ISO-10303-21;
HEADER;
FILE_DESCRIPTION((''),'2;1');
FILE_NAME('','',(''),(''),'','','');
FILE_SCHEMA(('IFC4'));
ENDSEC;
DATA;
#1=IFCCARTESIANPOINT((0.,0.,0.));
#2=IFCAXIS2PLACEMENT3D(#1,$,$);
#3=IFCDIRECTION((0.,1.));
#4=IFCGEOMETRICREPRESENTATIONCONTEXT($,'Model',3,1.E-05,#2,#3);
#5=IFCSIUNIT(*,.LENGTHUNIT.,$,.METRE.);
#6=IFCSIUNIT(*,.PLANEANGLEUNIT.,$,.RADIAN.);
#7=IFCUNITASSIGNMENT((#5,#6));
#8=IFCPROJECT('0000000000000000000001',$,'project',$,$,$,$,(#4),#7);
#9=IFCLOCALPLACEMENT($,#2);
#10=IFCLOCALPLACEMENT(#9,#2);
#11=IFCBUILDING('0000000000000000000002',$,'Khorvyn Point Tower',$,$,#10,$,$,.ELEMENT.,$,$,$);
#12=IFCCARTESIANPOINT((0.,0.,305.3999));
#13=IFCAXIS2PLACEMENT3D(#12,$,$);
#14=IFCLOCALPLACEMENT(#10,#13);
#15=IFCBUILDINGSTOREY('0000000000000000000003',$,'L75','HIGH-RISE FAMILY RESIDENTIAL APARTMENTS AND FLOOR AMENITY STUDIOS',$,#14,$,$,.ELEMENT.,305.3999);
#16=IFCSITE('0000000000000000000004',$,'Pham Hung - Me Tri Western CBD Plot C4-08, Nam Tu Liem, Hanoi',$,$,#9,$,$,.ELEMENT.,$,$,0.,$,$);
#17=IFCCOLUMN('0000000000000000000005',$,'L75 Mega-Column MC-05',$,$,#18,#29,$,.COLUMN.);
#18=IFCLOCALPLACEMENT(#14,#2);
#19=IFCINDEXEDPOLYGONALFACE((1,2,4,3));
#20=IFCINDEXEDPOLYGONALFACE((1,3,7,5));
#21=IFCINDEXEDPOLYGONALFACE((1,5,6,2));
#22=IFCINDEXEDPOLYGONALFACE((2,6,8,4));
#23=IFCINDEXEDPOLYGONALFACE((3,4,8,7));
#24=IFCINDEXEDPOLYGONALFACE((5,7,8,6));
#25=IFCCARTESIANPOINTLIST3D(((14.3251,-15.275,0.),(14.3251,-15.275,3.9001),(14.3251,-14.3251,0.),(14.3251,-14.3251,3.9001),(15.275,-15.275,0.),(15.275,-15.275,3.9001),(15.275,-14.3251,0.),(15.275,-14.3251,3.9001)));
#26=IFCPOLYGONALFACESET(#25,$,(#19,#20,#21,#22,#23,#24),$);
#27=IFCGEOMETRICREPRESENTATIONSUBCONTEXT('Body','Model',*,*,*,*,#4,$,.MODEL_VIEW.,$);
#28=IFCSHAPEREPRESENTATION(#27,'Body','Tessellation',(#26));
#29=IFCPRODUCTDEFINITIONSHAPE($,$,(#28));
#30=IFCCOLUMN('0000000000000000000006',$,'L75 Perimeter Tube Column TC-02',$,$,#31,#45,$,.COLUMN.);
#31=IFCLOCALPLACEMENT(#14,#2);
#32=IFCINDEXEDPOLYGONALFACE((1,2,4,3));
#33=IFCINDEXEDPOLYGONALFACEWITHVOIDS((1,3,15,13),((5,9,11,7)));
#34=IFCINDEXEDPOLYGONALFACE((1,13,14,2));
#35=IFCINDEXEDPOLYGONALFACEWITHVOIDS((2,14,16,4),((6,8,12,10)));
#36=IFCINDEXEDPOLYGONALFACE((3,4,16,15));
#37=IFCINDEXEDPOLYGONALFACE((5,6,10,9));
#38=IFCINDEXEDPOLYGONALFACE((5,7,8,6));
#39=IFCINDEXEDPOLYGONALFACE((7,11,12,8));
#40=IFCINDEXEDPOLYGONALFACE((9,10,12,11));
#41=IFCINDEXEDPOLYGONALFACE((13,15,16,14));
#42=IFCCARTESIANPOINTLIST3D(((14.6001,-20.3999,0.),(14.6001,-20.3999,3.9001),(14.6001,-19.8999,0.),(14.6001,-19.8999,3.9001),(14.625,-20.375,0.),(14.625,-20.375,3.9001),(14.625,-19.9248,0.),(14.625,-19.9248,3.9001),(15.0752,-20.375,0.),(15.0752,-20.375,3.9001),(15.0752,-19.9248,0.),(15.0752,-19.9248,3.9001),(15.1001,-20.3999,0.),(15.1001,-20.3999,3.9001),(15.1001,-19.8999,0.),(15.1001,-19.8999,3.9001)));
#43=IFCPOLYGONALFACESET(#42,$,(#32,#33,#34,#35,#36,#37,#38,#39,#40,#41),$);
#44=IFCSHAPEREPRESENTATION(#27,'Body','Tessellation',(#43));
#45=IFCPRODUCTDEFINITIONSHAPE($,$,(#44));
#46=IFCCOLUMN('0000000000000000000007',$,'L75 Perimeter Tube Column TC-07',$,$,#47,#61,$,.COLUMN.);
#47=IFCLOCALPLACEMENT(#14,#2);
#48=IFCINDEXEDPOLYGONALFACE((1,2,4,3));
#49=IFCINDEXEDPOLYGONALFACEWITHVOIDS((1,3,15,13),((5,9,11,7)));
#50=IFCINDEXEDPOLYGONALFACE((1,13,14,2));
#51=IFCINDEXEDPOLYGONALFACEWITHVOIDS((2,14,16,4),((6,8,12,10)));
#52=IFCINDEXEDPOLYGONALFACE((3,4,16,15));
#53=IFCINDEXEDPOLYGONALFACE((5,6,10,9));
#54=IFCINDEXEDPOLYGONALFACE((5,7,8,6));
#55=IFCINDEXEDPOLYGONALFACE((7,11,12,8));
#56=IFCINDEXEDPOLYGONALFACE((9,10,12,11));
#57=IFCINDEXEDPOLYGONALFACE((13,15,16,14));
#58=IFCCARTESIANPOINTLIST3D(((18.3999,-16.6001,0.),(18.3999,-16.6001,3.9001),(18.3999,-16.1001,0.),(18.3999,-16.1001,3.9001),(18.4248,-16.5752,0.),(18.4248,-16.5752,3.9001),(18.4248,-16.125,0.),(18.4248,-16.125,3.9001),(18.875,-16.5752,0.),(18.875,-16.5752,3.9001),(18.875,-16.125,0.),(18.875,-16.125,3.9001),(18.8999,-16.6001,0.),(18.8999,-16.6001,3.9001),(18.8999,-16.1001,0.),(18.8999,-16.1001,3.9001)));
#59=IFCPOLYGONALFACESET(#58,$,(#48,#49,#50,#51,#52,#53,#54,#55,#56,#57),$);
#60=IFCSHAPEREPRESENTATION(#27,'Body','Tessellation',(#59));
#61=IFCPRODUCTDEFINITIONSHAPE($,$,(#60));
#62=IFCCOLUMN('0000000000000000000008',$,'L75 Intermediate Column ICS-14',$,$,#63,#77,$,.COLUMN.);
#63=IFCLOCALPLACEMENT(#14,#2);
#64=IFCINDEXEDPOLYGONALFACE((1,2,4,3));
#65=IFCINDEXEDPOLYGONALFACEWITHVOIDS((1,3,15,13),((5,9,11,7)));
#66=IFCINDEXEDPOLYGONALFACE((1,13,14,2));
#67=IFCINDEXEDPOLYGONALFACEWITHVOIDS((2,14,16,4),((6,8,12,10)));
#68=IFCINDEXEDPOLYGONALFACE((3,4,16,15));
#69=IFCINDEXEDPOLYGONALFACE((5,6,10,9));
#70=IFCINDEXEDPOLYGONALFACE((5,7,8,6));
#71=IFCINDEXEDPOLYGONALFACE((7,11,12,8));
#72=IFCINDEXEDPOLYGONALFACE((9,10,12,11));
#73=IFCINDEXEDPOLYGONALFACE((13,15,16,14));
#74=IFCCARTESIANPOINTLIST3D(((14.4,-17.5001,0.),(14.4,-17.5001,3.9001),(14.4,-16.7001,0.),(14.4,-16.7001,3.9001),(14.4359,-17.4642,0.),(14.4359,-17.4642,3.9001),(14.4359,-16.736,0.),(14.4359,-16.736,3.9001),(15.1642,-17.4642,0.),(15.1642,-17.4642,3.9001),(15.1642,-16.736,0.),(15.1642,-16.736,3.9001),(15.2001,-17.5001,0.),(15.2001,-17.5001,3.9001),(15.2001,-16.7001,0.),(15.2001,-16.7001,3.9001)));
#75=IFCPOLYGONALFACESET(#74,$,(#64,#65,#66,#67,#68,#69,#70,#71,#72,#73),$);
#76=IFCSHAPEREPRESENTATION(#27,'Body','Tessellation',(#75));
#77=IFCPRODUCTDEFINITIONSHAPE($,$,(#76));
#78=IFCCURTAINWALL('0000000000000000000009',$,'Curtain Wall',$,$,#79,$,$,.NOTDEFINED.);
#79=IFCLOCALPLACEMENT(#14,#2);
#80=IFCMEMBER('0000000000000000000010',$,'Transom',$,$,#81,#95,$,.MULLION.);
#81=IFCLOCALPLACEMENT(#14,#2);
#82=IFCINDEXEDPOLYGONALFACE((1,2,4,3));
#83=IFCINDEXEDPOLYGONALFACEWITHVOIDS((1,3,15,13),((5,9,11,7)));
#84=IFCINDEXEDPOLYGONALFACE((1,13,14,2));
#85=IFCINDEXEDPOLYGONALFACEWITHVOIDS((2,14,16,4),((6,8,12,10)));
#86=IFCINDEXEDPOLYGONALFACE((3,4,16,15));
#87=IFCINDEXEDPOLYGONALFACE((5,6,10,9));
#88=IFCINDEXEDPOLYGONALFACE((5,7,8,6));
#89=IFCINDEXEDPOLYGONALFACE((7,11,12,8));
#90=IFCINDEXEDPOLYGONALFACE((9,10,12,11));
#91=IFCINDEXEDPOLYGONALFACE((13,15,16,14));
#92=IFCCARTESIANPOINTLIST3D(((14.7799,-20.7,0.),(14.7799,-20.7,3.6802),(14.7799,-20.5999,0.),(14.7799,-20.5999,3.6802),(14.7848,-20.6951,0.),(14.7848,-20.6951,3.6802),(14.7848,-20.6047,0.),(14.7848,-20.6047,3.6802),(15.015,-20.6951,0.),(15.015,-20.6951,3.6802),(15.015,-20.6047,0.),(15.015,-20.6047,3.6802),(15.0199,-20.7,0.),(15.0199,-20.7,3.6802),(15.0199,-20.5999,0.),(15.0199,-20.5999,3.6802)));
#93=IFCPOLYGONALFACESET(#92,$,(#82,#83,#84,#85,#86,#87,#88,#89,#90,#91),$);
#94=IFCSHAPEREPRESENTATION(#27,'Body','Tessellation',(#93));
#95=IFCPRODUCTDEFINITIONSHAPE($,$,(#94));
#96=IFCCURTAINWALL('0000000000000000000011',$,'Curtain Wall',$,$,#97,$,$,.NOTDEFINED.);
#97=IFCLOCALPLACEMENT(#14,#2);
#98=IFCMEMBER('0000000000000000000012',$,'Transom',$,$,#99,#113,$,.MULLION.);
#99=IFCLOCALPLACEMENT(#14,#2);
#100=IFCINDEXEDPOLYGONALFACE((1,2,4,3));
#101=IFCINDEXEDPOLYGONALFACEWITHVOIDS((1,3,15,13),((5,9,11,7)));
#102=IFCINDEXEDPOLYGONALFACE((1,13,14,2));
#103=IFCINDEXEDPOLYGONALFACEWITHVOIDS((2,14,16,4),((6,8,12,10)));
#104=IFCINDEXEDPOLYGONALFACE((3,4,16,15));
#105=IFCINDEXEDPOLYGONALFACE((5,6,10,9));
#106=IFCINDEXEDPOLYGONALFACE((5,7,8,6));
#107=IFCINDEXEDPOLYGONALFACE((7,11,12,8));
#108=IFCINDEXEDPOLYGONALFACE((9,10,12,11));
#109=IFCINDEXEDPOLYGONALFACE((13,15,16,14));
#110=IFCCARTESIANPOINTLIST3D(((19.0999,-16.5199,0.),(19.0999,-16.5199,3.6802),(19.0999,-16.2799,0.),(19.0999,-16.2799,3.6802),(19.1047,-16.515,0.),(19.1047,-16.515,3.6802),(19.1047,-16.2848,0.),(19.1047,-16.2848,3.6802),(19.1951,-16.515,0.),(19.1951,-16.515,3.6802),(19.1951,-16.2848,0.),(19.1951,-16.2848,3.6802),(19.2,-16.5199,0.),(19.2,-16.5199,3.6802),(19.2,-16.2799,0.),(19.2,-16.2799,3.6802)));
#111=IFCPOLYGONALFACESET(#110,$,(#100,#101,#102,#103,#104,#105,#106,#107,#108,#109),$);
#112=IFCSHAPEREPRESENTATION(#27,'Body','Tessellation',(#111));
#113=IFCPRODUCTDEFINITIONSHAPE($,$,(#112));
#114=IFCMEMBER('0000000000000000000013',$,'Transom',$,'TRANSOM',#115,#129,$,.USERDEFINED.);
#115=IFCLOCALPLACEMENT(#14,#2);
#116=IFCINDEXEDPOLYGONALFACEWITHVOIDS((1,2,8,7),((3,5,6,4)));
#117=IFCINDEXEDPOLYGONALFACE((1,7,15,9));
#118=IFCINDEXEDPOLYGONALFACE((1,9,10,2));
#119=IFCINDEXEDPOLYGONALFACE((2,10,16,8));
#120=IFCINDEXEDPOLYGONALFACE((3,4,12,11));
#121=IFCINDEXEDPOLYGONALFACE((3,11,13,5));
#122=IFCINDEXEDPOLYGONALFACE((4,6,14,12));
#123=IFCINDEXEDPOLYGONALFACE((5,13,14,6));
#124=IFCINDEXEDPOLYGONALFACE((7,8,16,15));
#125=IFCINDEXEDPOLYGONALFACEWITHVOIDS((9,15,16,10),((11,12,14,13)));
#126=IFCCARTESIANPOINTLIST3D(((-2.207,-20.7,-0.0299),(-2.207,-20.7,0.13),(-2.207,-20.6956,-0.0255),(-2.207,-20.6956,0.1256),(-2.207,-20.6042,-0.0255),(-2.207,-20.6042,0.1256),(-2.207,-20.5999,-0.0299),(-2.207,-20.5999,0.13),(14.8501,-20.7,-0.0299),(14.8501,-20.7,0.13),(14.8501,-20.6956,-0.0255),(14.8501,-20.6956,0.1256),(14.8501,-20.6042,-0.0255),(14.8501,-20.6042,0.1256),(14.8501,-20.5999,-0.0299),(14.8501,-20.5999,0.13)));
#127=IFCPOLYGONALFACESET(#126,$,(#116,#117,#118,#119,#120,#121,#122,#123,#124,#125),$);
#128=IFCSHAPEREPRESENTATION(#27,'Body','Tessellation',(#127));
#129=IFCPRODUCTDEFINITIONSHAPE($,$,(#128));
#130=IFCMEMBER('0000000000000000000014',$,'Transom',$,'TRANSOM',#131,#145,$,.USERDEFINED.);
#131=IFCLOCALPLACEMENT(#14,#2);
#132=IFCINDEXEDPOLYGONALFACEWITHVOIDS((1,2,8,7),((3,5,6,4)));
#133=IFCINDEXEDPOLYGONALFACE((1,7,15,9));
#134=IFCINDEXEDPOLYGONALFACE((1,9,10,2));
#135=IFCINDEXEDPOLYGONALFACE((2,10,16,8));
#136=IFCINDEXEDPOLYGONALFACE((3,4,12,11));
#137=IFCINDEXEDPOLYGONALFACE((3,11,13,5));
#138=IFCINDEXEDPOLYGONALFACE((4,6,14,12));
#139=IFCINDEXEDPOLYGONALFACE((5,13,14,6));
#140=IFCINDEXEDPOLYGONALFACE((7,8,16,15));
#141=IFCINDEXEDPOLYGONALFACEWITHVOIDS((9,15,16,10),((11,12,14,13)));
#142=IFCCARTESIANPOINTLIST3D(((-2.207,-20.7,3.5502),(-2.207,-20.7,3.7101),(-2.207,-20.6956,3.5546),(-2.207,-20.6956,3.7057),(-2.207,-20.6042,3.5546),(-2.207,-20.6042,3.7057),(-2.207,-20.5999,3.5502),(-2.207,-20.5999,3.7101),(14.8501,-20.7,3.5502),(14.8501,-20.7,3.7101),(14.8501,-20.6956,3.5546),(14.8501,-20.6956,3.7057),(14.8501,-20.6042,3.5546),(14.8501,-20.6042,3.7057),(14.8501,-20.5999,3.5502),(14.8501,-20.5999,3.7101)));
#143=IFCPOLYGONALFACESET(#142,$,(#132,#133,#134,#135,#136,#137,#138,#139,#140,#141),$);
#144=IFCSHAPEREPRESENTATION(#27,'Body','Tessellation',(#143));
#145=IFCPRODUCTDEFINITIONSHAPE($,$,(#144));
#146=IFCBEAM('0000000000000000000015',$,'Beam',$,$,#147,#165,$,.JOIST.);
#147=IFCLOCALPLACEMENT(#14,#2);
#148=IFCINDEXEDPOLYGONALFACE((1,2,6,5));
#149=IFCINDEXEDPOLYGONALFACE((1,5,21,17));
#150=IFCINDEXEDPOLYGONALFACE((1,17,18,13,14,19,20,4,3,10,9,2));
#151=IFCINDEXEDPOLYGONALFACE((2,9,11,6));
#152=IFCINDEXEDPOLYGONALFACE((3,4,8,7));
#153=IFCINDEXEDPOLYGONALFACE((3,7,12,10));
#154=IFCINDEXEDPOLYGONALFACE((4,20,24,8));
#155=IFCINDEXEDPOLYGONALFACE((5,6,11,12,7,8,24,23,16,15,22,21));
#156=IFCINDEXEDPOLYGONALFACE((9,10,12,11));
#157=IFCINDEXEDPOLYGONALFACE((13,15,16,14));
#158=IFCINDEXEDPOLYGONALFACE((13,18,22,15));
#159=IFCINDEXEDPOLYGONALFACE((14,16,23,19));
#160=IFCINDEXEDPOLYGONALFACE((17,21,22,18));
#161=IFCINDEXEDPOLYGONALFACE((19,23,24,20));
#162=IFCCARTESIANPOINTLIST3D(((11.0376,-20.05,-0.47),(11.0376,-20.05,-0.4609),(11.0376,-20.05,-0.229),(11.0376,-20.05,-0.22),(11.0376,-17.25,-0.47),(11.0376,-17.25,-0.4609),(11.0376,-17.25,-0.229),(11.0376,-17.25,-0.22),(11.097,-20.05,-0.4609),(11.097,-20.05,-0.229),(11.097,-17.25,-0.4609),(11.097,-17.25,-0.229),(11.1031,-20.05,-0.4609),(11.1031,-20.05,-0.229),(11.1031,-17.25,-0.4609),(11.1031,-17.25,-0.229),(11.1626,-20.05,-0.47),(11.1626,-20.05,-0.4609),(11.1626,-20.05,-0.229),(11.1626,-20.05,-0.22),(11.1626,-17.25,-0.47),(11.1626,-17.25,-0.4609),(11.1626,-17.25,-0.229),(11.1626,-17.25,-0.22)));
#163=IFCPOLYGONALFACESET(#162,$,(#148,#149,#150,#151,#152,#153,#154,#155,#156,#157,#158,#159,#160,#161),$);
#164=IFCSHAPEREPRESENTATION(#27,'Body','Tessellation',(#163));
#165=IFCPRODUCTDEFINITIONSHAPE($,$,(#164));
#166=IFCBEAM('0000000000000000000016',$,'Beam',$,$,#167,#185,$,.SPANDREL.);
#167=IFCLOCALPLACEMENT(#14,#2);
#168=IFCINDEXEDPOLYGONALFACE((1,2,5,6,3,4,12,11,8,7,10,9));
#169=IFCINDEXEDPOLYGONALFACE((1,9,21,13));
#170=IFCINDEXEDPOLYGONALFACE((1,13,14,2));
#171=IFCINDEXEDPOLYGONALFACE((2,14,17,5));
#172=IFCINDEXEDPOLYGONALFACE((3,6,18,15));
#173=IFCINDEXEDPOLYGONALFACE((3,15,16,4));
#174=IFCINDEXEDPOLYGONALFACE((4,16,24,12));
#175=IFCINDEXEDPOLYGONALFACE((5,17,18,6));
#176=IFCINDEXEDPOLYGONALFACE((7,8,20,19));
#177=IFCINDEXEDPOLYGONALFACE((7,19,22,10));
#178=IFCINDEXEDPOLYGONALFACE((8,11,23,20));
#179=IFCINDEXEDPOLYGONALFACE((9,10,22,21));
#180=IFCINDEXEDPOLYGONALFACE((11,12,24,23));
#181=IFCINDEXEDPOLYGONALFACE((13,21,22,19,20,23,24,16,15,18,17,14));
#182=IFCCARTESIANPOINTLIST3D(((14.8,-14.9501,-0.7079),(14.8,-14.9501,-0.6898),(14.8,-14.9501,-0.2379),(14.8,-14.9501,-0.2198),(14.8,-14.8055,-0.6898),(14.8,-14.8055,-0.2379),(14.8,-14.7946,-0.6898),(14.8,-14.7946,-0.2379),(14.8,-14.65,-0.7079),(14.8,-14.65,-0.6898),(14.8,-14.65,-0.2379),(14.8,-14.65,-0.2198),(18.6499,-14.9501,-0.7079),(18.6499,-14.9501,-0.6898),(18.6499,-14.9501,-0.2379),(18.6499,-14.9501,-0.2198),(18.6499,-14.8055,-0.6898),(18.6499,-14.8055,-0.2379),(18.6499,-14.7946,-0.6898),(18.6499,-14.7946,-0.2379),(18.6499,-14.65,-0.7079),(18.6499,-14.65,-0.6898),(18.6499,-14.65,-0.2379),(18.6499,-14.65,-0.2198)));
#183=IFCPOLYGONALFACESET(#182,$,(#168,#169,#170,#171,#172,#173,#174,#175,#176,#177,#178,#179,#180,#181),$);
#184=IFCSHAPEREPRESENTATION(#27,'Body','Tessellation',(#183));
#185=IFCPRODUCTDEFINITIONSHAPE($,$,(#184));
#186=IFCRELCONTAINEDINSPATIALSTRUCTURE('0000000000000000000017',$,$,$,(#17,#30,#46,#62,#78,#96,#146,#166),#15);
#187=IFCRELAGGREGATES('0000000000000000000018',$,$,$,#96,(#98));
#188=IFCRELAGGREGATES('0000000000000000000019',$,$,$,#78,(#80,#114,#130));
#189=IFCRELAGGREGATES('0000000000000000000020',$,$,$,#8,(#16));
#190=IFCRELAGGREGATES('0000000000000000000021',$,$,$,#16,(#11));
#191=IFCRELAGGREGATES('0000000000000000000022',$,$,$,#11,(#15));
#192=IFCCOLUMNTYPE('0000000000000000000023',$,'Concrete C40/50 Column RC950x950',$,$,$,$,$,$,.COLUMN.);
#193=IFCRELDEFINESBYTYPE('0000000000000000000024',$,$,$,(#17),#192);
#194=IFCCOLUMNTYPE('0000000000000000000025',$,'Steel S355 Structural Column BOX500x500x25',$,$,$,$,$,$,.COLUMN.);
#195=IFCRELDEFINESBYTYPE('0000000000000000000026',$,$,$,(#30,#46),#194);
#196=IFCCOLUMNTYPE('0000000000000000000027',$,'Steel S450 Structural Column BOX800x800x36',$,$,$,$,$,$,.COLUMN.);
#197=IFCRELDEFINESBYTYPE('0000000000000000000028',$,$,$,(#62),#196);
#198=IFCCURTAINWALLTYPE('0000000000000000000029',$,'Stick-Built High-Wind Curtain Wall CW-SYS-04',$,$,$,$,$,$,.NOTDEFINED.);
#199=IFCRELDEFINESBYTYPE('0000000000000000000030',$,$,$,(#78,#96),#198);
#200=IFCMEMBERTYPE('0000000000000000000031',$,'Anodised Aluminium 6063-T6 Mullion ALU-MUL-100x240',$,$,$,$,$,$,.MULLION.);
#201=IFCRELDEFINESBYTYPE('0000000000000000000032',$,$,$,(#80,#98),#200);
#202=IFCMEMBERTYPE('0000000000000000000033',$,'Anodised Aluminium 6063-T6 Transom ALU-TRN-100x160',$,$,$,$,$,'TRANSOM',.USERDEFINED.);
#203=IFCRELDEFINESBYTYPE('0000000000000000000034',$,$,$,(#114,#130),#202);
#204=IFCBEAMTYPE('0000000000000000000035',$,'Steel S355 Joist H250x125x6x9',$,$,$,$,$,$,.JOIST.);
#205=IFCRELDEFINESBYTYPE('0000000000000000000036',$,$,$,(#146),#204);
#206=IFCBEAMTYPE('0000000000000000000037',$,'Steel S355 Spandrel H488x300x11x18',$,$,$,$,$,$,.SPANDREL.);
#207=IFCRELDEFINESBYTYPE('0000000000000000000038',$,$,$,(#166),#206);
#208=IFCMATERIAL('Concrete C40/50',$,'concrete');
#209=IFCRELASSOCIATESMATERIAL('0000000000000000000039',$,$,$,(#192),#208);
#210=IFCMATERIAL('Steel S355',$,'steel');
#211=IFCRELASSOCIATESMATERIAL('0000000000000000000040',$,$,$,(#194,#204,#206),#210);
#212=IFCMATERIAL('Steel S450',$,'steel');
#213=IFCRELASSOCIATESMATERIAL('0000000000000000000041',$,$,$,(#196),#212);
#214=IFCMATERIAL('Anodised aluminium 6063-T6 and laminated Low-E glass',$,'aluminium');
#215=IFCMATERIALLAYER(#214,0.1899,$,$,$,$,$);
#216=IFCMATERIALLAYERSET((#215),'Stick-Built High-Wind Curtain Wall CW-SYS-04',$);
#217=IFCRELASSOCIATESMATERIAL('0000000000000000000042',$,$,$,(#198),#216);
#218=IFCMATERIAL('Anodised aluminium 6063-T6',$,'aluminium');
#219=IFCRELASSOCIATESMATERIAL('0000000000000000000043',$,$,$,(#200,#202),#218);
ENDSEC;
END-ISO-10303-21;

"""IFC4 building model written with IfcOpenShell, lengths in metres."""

from ifc_helpers import new_model, si_unit, direction, frame, origin, origin_2d, place, context, subcontext, project, spatial, rectangle, hollow_rectangle, i_section, extrude, material, layer, layer_set, material_profile, profile_set, type_object, element, aggregate, save


model = new_model("IFC4")

# Units and contexts
model_context = context("Model", 3, precision=1e-05, world=origin(), true_north=direction((0.0, 1.0)))
body_context = subcontext(model_context, "Body", "Model", "MODEL_VIEW")
ifc_project = project(units=[si_unit("LENGTHUNIT", "METRE"), si_unit("PLANEANGLEUNIT", "RADIAN")], contexts=[model_context])

# Site, building, storey
site_placement = place(None, origin())
site = spatial("IfcSite", under=ifc_project, at=site_placement, Name="Pham Hung - Me Tri Western CBD Plot C4-08, Nam Tu Liem, Hanoi", CompositionType="ELEMENT", RefElevation=0.0)
building_placement = place(site_placement, origin())
building = spatial("IfcBuilding", under=site, at=building_placement, Name="Khorvyn Point Tower", CompositionType="ELEMENT")
storey_placement = place(building_placement, frame((0.0, 0.0, 305.3999)))
storey = spatial("IfcBuildingStorey", under=building, at=storey_placement, Name="L75", Description="HIGH-RISE FAMILY RESIDENTIAL APARTMENTS AND FLOOR AMENITY STUDIOS", CompositionType="ELEMENT", Elevation=305.3999)

# Columns
ifc_material_1 = material(Name="Concrete C40/50", Category="concrete")
ifc_material_profile_1 = material_profile(ifc_material_1, rectangle(XDim=0.95, YDim=0.95, at=origin_2d()))
ifc_profile_set_1 = profile_set([ifc_material_profile_1], Name="Concrete C40/50 RC950x950")
column_type_1 = type_object("IfcColumnType", Name="Concrete C40/50 Column RC950x950", PredefinedType="COLUMN", material=ifc_profile_set_1)
column_1_placement = place(storey_placement, frame((14.8, -14.8, 0.0), z_axis=(0.0, 0.0, 1.0), x_axis=(1.0, 0.0, 0.0)))
element("IfcColumn", 1, at=column_1_placement, inside=storey, type_object=column_type_1, Name="L75 Mega-Column MC-05", PredefinedType="COLUMN", context=body_context, shape_type="SweptSolid", body=[
    extrude(rectangle(XDim=0.95, YDim=0.95, at=origin_2d()), origin(), (0.0, 0.0, 1.0), 3.9001),
])
ifc_material_2 = material(Name="Steel S355", Category="steel")
ifc_material_profile_2 = material_profile(ifc_material_2, hollow_rectangle(XDim=0.5, YDim=0.5, WallThickness=0.0249, at=origin_2d()))
ifc_profile_set_2 = profile_set([ifc_material_profile_2], Name="Steel S355 BOX500x500x25")
column_type_2 = type_object("IfcColumnType", Name="Steel S355 Structural Column BOX500x500x25", PredefinedType="COLUMN", material=ifc_profile_set_2)
for number, where, z_axis, x_axis, name in (
    (2, (14.8501, -20.1499, 0.0), (0.0, 0.0, 1.0), (1.0, 0.0, 0.0), "L75 Perimeter Tube Column TC-02"),
    (3, (18.6499, -16.3501, 0.0), (0.0, 0.0, 1.0), (1.0, 0.0, 0.0), "L75 Perimeter Tube Column TC-07"),
):
    element("IfcColumn", number, at=place(storey_placement, frame(where, z_axis=z_axis, x_axis=x_axis)), inside=storey, type_object=column_type_2, Name=name, PredefinedType="COLUMN", context=body_context, shape_type="SweptSolid", body=[
        extrude(hollow_rectangle(XDim=0.5, YDim=0.5, WallThickness=0.0249, at=origin_2d()), origin(), (0.0, 0.0, 1.0), 3.9001),
    ])
ifc_material_3 = material(Name="Steel S450", Category="steel")
ifc_material_profile_3 = material_profile(ifc_material_3, hollow_rectangle(XDim=0.8, YDim=0.8, WallThickness=0.0359, at=origin_2d()))
ifc_profile_set_3 = profile_set([ifc_material_profile_3], Name="Steel S450 BOX800x800x36")
column_type_3 = type_object("IfcColumnType", Name="Steel S450 Structural Column BOX800x800x36", PredefinedType="COLUMN", material=ifc_profile_set_3)
column_2_placement = place(storey_placement, frame((14.8, -17.1001, 0.0), z_axis=(0.0, 0.0, 1.0), x_axis=(1.0, 0.0, 0.0)))
element("IfcColumn", 4, at=column_2_placement, inside=storey, type_object=column_type_3, Name="L75 Intermediate Column ICS-14", PredefinedType="COLUMN", context=body_context, shape_type="SweptSolid", body=[
    extrude(hollow_rectangle(XDim=0.8, YDim=0.8, WallThickness=0.0359, at=origin_2d()), origin(), (0.0, 0.0, 1.0), 3.9001),
])

# Curtain walls, members
ifc_material_4 = material(Name="Anodised aluminium 6063-T6 and laminated Low-E glass", Category="aluminium")
ifc_layer_1 = layer(ifc_material_4, 0.1899)
ifc_layer_set_1 = layer_set([ifc_layer_1], Name="Stick-Built High-Wind Curtain Wall CW-SYS-04")
curtain_wall_type = type_object("IfcCurtainWallType", Name="Stick-Built High-Wind Curtain Wall CW-SYS-04", PredefinedType="NOTDEFINED", material=ifc_layer_set_1)
curtain_wall_1_placement = place(storey_placement, origin())
curtain_wall_1 = element("IfcCurtainWall", 5, at=curtain_wall_1_placement, inside=storey, type_object=curtain_wall_type, Name="Curtain Wall", PredefinedType="NOTDEFINED")
ifc_material_5 = material(Name="Anodised aluminium 6063-T6", Category="aluminium")
ifc_material_profile_4 = material_profile(ifc_material_5, hollow_rectangle(XDim=0.1001, YDim=0.24, WallThickness=0.0049, at=origin_2d()))
ifc_profile_set_4 = profile_set([ifc_material_profile_4], Name="Anodised aluminium 6063-T6 ALU-MUL-100x240")
member_type_1 = type_object("IfcMemberType", Name="Anodised Aluminium 6063-T6 Mullion ALU-MUL-100x240", PredefinedType="MULLION", material=ifc_profile_set_4)
member_1_placement = place(storey_placement, frame((14.8999, -20.6499, 0.0), z_axis=(0.0, 0.0, 1.0), x_axis=(0.0, -1.0, 0.0)))
member_1 = element("IfcMember", 6, at=member_1_placement, type_object=member_type_1, Name="Transom", PredefinedType="MULLION", context=body_context, shape_type="SweptSolid", body=[
    extrude(hollow_rectangle(XDim=0.1001, YDim=0.24, WallThickness=0.0049, at=origin_2d()), origin(), (0.0, 0.0, 1.0), 3.6802),
])
curtain_wall_2_placement = place(storey_placement, origin())
curtain_wall_2 = element("IfcCurtainWall", 7, at=curtain_wall_2_placement, inside=storey, type_object=curtain_wall_type, Name="Curtain Wall", PredefinedType="NOTDEFINED")
member_2_placement = place(storey_placement, frame((19.1499, -16.3999, 0.0), z_axis=(0.0, 0.0, 1.0), x_axis=(1.0, 0.0, 0.0)))
member_2 = element("IfcMember", 8, at=member_2_placement, type_object=member_type_1, Name="Transom", PredefinedType="MULLION", context=body_context, shape_type="SweptSolid", body=[
    extrude(hollow_rectangle(XDim=0.1001, YDim=0.24, WallThickness=0.0049, at=origin_2d()), origin(), (0.0, 0.0, 1.0), 3.6802),
])
aggregate(curtain_wall_2, [member_2])

# Members
ifc_material_profile_5 = material_profile(ifc_material_5, hollow_rectangle(XDim=0.1001, YDim=0.1599, WallThickness=0.0044, at=origin_2d()))
ifc_profile_set_5 = profile_set([ifc_material_profile_5], Name="Anodised aluminium 6063-T6 ALU-TRN-100x160")
member_type_2 = type_object("IfcMemberType", Name="Anodised Aluminium 6063-T6 Transom ALU-TRN-100x160", ElementType="TRANSOM", PredefinedType="USERDEFINED", material=ifc_profile_set_5)
member_3_placement = place(storey_placement, frame((14.8501, -20.6499, 0.05), z_axis=(-1.0, 0.0, 0.0), x_axis=(0.0, -1.0, 0.0)))
member_3 = element("IfcMember", 9, at=member_3_placement, type_object=member_type_2, Name="Transom", ObjectType="TRANSOM", PredefinedType="USERDEFINED", context=body_context, shape_type="SweptSolid", body=[
    extrude(hollow_rectangle(XDim=0.1001, YDim=0.1599, WallThickness=0.0044, at=origin_2d()), origin(), (0.0, 0.0, 1.0), 17.0571),
])
member_4_placement = place(storey_placement, frame((14.8501, -20.6499, 3.6301), z_axis=(-1.0, 0.0, 0.0), x_axis=(0.0, -1.0, 0.0)))
member_4 = element("IfcMember", 10, at=member_4_placement, type_object=member_type_2, Name="Transom", ObjectType="TRANSOM", PredefinedType="USERDEFINED", context=body_context, shape_type="SweptSolid", body=[
    extrude(hollow_rectangle(XDim=0.1001, YDim=0.1599, WallThickness=0.0044, at=origin_2d()), origin(), (0.0, 0.0, 1.0), 17.0571),
])

# Beams
ifc_material_profile_6 = material_profile(ifc_material_2, i_section(OverallWidth=0.125, OverallDepth=0.25, WebThickness=0.0061, FlangeThickness=0.009, at=origin_2d()))
ifc_profile_set_6 = profile_set([ifc_material_profile_6], Name="Steel S355 H250x125x6x9")
beam_type_1 = type_object("IfcBeamType", Name="Steel S355 Joist H250x125x6x9", PredefinedType="JOIST", material=ifc_profile_set_6)
beam_1_placement = place(storey_placement, frame((11.1001, -20.05, -0.345), z_axis=(0.0, 1.0, 0.0), x_axis=(-1.0, 0.0, 0.0)))
element("IfcBeam", 11, at=beam_1_placement, inside=storey, type_object=beam_type_1, Name="Beam", PredefinedType="JOIST", context=body_context, shape_type="SweptSolid", body=[
    extrude(i_section(OverallWidth=0.125, OverallDepth=0.25, WebThickness=0.0061, FlangeThickness=0.009, at=origin_2d()), origin(), (0.0, 0.0, 1.0), 2.8),
])
ifc_material_profile_7 = material_profile(ifc_material_2, i_section(OverallWidth=0.3, OverallDepth=0.488, WebThickness=0.011, FlangeThickness=0.0181, at=origin_2d()))
ifc_profile_set_7 = profile_set([ifc_material_profile_7], Name="Steel S355 H488x300x11x18")
beam_type_2 = type_object("IfcBeamType", Name="Steel S355 Spandrel H488x300x11x18", PredefinedType="SPANDREL", material=ifc_profile_set_7)
beam_2_placement = place(storey_placement, frame((14.8, -14.8, -0.4639), z_axis=(1.0, 0.0, 0.0), x_axis=(0.0, 1.0, 0.0)))
element("IfcBeam", 12, at=beam_2_placement, inside=storey, type_object=beam_type_2, Name="Beam", PredefinedType="SPANDREL", context=body_context, shape_type="SweptSolid", body=[
    extrude(i_section(OverallWidth=0.3, OverallDepth=0.488, WebThickness=0.011, FlangeThickness=0.0181, at=origin_2d()), origin(), (0.0, 0.0, 1.0), 3.8499),
])

aggregate(curtain_wall_1, [member_1, member_3, member_4])

save(model, "model.ifc")
